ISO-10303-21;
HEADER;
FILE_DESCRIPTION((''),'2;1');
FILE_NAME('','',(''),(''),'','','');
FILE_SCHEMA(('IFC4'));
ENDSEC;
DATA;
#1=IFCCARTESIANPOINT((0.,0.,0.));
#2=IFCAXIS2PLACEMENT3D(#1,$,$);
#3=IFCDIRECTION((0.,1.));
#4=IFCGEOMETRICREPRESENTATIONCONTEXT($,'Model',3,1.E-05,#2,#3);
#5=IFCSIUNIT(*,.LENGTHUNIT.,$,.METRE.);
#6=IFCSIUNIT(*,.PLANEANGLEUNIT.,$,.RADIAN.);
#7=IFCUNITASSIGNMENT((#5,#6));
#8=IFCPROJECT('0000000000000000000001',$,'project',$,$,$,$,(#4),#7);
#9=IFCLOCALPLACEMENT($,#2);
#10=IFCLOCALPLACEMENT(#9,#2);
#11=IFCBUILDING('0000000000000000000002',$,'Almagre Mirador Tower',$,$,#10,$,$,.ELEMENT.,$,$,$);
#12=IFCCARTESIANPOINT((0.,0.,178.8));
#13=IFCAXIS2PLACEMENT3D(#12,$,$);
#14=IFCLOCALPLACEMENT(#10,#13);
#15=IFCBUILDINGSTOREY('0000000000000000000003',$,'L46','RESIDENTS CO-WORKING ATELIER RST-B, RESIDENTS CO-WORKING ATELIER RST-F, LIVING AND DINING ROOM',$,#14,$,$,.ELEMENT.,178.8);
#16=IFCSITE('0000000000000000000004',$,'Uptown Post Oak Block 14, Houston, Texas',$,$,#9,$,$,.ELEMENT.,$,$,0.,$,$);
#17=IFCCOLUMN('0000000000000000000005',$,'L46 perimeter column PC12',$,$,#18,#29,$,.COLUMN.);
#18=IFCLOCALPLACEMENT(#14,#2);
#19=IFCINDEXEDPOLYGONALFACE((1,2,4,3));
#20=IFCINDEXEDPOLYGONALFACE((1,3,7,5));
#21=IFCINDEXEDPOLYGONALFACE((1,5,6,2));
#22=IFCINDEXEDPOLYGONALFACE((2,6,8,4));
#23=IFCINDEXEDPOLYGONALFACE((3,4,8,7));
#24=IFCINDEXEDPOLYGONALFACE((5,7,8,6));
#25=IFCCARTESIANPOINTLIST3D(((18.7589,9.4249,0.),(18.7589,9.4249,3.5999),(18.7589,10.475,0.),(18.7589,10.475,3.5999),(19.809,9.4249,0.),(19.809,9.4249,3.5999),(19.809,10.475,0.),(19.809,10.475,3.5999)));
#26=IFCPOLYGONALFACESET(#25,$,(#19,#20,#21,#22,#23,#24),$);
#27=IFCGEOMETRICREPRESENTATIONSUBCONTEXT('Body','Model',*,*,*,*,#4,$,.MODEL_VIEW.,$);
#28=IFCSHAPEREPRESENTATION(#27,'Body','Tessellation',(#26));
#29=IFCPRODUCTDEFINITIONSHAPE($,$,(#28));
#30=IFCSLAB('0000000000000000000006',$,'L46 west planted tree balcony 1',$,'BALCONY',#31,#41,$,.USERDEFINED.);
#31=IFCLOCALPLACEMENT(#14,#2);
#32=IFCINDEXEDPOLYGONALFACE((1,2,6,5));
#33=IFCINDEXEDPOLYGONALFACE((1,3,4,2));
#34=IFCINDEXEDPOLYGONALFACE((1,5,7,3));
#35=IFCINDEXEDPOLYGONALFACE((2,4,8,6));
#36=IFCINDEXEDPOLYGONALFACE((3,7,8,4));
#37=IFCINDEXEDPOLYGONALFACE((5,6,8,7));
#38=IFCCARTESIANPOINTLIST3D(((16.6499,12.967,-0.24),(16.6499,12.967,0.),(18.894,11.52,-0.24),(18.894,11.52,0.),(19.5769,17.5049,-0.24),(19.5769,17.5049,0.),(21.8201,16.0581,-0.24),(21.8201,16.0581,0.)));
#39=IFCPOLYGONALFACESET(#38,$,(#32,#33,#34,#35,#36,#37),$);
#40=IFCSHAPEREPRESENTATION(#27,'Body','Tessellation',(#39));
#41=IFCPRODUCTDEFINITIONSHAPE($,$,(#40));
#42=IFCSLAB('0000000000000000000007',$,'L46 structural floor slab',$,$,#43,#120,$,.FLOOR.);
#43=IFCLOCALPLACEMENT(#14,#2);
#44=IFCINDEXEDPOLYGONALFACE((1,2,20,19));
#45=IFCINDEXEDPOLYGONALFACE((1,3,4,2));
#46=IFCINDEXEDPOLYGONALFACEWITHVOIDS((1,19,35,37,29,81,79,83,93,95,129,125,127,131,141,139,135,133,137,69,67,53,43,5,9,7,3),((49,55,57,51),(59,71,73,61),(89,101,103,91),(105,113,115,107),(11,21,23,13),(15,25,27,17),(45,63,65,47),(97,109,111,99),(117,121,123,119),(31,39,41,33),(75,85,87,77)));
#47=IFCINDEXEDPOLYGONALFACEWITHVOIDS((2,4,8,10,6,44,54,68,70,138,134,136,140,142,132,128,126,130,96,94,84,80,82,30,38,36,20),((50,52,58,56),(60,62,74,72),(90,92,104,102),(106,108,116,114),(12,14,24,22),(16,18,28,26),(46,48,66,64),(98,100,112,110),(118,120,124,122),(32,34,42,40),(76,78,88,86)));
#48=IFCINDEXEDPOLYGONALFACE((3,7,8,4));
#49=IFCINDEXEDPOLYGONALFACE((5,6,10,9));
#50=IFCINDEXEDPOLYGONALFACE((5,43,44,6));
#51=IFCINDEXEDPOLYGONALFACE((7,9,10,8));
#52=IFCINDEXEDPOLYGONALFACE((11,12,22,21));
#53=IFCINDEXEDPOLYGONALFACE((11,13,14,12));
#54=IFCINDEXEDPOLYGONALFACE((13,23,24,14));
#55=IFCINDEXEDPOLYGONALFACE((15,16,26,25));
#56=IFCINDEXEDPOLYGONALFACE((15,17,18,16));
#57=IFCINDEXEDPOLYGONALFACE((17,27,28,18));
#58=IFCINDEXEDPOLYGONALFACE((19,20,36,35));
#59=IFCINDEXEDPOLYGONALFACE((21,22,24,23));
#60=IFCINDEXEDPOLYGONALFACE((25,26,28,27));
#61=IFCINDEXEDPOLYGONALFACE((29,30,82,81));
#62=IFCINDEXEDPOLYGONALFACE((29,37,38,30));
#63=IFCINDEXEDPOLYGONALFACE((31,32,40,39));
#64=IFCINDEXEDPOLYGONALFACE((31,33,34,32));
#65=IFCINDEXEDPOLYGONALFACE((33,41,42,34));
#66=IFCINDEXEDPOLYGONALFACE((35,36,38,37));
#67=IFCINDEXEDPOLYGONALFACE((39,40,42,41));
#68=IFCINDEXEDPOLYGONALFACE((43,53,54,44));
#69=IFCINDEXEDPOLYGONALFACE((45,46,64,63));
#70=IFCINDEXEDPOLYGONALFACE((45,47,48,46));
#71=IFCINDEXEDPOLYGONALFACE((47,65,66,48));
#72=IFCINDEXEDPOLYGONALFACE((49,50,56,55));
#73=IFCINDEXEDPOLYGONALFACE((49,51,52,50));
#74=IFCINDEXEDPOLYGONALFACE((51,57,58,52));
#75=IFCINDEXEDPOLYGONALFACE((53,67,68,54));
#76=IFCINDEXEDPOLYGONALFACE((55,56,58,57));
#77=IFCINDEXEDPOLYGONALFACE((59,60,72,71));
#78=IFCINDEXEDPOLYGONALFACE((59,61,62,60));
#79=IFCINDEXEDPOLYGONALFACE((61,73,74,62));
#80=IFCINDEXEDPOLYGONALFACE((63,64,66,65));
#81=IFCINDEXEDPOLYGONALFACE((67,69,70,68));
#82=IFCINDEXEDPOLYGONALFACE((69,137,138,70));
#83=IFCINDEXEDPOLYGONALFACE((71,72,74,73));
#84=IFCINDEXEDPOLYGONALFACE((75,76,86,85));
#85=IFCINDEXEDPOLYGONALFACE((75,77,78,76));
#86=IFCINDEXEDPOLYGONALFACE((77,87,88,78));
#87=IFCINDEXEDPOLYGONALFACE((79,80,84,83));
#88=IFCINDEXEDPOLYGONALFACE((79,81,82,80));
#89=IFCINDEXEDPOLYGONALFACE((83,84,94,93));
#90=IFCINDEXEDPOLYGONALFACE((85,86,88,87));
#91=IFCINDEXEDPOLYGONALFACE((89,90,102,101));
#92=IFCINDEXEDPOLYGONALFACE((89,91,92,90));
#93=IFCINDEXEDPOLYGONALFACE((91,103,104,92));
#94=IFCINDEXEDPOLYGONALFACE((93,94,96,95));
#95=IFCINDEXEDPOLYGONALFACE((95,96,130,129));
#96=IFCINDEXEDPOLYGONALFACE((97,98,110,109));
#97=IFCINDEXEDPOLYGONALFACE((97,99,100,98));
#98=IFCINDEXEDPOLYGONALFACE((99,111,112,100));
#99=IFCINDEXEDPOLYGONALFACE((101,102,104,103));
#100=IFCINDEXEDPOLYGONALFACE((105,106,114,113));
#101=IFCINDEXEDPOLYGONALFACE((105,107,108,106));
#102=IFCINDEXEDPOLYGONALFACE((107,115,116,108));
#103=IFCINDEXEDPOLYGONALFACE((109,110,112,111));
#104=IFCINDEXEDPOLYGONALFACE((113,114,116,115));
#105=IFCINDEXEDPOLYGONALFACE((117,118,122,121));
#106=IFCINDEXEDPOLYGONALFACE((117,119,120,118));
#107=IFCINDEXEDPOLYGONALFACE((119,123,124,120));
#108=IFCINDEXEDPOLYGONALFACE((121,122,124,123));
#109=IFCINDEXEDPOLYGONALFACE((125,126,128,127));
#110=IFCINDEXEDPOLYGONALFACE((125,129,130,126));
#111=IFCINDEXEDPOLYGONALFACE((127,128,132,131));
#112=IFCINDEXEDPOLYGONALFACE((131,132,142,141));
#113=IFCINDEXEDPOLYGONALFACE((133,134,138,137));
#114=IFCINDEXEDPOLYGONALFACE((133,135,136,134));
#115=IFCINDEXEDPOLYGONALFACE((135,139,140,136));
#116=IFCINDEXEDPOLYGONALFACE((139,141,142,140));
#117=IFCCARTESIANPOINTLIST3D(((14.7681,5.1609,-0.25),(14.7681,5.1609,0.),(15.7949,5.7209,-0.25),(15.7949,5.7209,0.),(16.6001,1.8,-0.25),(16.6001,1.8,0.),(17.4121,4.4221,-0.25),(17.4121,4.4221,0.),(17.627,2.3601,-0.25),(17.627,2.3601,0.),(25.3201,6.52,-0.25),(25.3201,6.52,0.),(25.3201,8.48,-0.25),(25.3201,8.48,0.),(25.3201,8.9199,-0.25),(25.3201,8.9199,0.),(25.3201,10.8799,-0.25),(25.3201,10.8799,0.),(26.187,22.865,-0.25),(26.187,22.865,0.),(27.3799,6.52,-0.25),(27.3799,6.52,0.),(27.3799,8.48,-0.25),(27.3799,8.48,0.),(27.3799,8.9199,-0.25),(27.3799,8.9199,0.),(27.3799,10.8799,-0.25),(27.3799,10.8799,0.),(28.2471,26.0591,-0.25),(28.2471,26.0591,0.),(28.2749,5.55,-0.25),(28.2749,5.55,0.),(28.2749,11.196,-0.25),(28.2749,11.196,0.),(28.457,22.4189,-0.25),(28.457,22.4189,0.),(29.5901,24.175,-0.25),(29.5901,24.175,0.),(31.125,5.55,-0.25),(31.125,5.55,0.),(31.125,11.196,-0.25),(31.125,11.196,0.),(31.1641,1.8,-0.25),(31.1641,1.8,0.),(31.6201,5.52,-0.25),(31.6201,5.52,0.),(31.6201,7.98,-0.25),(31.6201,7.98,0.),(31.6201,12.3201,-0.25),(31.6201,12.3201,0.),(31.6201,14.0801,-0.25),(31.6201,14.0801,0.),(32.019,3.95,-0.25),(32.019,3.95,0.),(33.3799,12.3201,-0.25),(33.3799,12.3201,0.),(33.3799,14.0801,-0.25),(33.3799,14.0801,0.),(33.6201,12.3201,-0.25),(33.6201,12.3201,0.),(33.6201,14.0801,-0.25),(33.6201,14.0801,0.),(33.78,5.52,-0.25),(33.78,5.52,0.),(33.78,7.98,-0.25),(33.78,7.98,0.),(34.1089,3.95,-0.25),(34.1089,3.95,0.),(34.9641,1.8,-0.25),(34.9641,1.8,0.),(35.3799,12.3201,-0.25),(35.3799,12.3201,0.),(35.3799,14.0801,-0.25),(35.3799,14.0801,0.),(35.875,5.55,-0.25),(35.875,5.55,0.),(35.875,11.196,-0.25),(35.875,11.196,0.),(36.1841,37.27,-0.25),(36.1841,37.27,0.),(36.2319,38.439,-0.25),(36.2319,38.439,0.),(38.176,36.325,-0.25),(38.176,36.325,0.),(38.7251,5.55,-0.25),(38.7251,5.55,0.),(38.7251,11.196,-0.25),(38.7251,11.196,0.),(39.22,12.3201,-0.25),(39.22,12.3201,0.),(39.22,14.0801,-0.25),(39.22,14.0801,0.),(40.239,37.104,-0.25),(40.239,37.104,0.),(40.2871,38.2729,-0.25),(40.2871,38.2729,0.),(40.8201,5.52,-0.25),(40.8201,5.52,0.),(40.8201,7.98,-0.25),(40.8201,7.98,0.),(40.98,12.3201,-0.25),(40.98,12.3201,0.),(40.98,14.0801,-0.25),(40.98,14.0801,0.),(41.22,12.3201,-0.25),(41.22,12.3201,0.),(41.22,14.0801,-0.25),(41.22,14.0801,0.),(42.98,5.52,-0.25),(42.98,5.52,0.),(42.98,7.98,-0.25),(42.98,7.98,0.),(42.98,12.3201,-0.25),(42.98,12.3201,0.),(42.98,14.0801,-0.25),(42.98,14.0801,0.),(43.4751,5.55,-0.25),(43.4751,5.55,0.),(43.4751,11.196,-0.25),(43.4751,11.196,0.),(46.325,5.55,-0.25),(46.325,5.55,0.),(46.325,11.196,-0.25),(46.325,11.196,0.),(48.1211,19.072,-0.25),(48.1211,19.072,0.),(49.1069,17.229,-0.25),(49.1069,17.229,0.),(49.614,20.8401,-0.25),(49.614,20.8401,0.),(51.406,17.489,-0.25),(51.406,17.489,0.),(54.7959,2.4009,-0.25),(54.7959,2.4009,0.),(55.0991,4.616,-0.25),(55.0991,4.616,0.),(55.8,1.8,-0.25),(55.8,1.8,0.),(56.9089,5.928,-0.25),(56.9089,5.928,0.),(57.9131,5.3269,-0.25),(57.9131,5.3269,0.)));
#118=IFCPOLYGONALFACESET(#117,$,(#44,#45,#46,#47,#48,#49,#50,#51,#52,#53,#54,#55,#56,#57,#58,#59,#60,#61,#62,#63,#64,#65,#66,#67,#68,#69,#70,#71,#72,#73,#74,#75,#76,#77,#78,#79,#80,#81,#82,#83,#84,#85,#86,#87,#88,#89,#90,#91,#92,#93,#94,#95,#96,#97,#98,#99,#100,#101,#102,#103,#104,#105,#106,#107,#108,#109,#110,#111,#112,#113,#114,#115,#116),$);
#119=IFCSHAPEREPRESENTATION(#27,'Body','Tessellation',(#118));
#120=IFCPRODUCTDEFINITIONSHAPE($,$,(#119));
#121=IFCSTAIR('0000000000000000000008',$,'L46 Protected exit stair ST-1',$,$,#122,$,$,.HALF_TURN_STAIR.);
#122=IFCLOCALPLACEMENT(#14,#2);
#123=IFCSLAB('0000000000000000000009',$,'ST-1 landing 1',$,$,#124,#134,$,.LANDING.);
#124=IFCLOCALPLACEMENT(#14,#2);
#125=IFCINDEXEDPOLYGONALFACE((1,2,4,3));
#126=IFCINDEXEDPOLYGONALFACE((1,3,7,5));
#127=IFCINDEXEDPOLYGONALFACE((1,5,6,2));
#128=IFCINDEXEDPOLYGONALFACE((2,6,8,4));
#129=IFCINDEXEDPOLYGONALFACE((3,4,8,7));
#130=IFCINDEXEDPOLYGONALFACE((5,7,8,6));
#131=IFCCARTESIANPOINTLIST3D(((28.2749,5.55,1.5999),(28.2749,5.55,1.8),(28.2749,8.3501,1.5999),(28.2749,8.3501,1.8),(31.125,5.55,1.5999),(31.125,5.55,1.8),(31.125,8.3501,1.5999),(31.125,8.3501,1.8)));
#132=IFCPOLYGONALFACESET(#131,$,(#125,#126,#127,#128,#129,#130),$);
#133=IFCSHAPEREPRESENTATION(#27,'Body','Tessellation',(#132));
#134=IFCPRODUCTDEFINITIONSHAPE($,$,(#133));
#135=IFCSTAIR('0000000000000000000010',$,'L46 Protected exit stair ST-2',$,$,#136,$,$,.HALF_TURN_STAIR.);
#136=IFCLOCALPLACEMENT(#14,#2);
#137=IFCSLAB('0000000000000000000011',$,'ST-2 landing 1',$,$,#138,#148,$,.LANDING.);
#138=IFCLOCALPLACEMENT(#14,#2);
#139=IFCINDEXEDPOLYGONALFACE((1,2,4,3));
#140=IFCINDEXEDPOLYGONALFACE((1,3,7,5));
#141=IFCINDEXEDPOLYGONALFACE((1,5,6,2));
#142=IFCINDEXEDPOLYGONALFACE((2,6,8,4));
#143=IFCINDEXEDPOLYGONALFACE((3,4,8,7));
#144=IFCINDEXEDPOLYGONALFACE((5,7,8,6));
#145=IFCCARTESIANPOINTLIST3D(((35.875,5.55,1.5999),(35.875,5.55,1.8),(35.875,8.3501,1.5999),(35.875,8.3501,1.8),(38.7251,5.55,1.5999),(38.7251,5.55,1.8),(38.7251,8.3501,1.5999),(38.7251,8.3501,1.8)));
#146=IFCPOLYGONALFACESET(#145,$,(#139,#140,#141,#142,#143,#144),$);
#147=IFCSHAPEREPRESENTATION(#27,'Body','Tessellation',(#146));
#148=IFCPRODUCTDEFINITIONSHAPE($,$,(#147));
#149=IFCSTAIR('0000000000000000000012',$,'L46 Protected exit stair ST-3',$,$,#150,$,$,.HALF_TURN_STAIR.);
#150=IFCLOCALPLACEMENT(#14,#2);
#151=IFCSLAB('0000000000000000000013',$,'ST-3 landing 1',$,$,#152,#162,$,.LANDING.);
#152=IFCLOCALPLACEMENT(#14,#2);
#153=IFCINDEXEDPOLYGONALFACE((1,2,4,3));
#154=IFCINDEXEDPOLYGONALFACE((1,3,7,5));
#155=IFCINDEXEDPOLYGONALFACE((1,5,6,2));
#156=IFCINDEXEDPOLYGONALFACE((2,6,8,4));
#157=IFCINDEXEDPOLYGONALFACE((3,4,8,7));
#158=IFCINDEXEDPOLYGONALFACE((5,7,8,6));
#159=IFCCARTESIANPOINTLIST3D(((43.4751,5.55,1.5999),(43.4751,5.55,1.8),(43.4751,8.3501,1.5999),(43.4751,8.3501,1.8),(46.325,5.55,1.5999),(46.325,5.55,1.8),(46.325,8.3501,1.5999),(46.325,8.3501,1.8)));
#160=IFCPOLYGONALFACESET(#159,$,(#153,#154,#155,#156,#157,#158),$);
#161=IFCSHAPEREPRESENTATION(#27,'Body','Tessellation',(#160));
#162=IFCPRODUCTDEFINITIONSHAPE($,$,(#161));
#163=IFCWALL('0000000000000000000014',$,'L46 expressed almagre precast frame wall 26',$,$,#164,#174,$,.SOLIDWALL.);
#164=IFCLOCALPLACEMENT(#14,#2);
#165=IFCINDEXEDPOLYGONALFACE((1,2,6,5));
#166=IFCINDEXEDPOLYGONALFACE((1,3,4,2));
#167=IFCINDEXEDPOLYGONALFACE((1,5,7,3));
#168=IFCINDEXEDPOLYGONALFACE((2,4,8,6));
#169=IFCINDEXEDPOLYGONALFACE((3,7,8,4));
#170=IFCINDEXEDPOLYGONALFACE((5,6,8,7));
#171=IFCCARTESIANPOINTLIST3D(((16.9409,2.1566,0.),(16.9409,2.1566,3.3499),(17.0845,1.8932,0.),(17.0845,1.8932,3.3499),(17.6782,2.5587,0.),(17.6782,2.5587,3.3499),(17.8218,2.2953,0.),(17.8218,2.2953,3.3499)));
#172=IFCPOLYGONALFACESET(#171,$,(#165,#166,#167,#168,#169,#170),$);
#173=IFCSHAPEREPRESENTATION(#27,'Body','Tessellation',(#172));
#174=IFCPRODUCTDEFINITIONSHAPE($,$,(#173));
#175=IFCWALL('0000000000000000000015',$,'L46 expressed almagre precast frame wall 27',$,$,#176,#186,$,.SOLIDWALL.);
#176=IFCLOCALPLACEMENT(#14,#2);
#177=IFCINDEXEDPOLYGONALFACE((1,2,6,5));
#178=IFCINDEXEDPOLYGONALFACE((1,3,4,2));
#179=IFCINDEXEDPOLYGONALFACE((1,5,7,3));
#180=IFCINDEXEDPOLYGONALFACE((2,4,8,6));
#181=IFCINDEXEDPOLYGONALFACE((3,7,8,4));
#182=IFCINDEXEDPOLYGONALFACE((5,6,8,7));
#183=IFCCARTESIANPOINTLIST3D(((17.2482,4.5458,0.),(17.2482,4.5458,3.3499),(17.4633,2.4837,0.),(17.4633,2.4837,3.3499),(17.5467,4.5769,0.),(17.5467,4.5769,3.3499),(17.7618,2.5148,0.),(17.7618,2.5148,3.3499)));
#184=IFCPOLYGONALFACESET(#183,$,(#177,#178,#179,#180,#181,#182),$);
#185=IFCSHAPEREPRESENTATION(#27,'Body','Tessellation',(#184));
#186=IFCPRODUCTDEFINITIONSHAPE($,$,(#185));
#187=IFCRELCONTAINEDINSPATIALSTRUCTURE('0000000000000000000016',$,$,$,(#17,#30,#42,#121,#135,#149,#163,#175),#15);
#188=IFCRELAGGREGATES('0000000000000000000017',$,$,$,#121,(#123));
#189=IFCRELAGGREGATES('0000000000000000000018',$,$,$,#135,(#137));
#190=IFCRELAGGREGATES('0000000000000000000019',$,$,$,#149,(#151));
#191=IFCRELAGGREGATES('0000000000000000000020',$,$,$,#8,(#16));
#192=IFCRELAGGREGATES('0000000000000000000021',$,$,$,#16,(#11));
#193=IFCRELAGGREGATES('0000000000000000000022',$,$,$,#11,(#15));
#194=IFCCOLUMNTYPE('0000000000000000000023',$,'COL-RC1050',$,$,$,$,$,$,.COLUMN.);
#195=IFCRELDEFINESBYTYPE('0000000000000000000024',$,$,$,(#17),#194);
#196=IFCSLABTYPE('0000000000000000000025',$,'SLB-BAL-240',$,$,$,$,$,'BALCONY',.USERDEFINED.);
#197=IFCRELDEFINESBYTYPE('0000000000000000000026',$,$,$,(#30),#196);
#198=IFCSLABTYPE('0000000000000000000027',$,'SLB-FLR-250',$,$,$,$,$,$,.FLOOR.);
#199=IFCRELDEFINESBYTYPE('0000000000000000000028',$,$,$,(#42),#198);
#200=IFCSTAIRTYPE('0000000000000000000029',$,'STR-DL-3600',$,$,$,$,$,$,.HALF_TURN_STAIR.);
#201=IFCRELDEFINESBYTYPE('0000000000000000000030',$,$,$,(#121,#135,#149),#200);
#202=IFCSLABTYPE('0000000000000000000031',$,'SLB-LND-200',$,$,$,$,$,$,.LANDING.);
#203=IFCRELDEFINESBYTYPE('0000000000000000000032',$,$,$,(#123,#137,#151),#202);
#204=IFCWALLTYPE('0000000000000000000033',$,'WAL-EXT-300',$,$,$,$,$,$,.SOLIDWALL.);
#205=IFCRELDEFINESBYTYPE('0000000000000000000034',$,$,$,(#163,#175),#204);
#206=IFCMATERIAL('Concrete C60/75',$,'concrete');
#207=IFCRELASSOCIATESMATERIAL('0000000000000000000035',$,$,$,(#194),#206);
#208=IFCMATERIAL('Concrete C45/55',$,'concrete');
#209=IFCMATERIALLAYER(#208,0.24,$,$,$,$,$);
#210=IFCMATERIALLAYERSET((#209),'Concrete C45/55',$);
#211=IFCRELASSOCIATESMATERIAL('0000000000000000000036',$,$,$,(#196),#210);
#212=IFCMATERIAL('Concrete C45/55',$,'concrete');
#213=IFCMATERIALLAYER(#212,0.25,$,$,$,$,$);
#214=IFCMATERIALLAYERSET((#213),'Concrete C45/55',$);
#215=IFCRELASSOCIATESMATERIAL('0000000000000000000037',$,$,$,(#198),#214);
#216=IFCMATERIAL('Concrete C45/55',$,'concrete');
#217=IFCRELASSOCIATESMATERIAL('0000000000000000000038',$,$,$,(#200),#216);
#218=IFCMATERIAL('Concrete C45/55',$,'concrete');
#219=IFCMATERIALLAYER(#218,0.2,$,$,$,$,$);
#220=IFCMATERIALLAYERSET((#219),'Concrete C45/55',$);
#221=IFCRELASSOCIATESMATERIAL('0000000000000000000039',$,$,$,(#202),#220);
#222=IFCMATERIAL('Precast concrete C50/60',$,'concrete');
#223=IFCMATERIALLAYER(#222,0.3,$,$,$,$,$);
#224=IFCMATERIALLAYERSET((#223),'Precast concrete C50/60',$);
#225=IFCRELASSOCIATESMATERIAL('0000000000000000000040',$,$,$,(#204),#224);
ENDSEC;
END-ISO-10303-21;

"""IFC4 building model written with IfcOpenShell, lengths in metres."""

from ifc_helpers import new_model, si_unit, direction, frame, frame_2d, origin, origin_2d, place, context, subcontext, project, spatial, polyline, rectangle, outline, extrude, material, layer, layer_set, material_profile, profile_set, type_object, element, aggregate, save


model = new_model("IFC4")

# Units and contexts
model_context = context("Model", 3, precision=1e-05, world=origin(), true_north=direction((0.0, 1.0)))
body_context = subcontext(model_context, "Body", "Model", "MODEL_VIEW")
ifc_project = project(units=[si_unit("LENGTHUNIT", "METRE"), si_unit("PLANEANGLEUNIT", "RADIAN")], contexts=[model_context])

# Site, building, storey
site_placement = place(None, origin())
site = spatial("IfcSite", under=ifc_project, at=site_placement, Name="Uptown Post Oak Block 14, Houston, Texas", CompositionType="ELEMENT", RefElevation=0.0)
building_placement = place(site_placement, origin())
building = spatial("IfcBuilding", under=site, at=building_placement, Name="Almagre Mirador Tower", CompositionType="ELEMENT")
storey_placement = place(building_placement, frame((0.0, 0.0, 178.8)))
storey = spatial("IfcBuildingStorey", under=building, at=storey_placement, Name="L46", Description="RESIDENTS CO-WORKING ATELIER RST-B, RESIDENTS CO-WORKING ATELIER RST-F, LIVING AND DINING ROOM", CompositionType="ELEMENT", Elevation=178.8)

# Column
ifc_material_1 = material(Name="Concrete C60/75", Category="concrete")
ifc_material_profile = material_profile(ifc_material_1, rectangle(XDim=1.05, YDim=1.05, at=origin_2d()), Name="RC1050X1050")
ifc_profile_set = profile_set([ifc_material_profile], Name="Concrete C60/75")
column_type = type_object("IfcColumnType", Name="COL-RC1050", PredefinedType="COLUMN", material=ifc_profile_set)
column_placement = place(storey_placement, frame((19.2839, 9.95, 0.0), z_axis=(0.0, 0.0, 1.0), x_axis=(1.0, 0.0, 0.0)))
element("IfcColumn", 1, at=column_placement, inside=storey, type_object=column_type, Name="L46 perimeter column PC12", PredefinedType="COLUMN", context=body_context, shape_type="SweptSolid", body=[
    extrude(rectangle(XDim=1.05, YDim=1.05, at=origin_2d()), origin(), (0.0, 0.0, 1.0), 3.5999),
])

# Slabs
ifc_material_2 = material(Name="Concrete C45/55", Category="concrete")
ifc_layer_1 = layer(ifc_material_2, 0.24)
ifc_layer_set_1 = layer_set([ifc_layer_1], Name="Concrete C45/55")
slab_type_1 = type_object("IfcSlabType", Name="SLB-BAL-240", ElementType="BALCONY", PredefinedType="USERDEFINED", material=ifc_layer_set_1)
slab_1_placement = place(storey_placement, frame((0.0, 0.0, -0.24)))
element("IfcSlab", 2, at=slab_1_placement, inside=storey, type_object=slab_type_1, Name="L46 west planted tree balcony 1", ObjectType="BALCONY", PredefinedType="USERDEFINED", context=body_context, shape_type="SweptSolid", body=[
    extrude(outline(polyline([(21.8201, 16.0581), (18.894, 11.52), (16.6499, 12.967), (19.5769, 17.5049), (21.8201, 16.0581)])), origin(), (0.0, 0.0, 1.0), 0.24),
])
ifc_material_3 = material(Name="Concrete C45/55", Category="concrete")
ifc_layer_2 = layer(ifc_material_3, 0.25)
ifc_layer_set_2 = layer_set([ifc_layer_2], Name="Concrete C45/55")
slab_type_2 = type_object("IfcSlabType", Name="SLB-FLR-250", PredefinedType="FLOOR", material=ifc_layer_set_2)
slab_2_placement = place(storey_placement, frame((0.0, 0.0, -0.25)))
element("IfcSlab", 3, at=slab_2_placement, inside=storey, type_object=slab_type_2, Name="L46 structural floor slab", PredefinedType="FLOOR", context=body_context, shape_type="SweptSolid", body=[
    extrude(outline(polyline([(14.7681, 5.1609), (15.7949, 5.7209), (17.4121, 4.4221), (17.627, 2.3601), (16.6001, 1.8), (31.1641, 1.8), (32.019, 3.95), (34.1089, 3.95), (34.9641, 1.8), (55.8, 1.8), (54.7959, 2.4009), (55.0991, 4.616), (56.9089, 5.928), (57.9131, 5.3269), (51.406, 17.489), (49.1069, 17.229), (48.1211, 19.072), (49.614, 20.8401), (40.2871, 38.2729), (40.239, 37.104), (38.176, 36.325), (36.1841, 37.27), (36.2319, 38.439), (28.2471, 26.0591), (29.5901, 24.175), (28.457, 22.4189), (26.187, 22.865), (14.7681, 5.1609)]), holes=[polyline([(43.4751, 5.55), (43.4751, 11.196), (46.325, 11.196), (46.325, 5.55), (43.4751, 5.55)]), polyline([(40.8201, 5.52), (40.8201, 7.98), (42.98, 7.98), (42.98, 5.52), (40.8201, 5.52)]), polyline([(41.22, 12.3201), (41.22, 14.0801), (42.98, 14.0801), (42.98, 12.3201), (41.22, 12.3201)]), polyline([(39.22, 12.3201), (39.22, 14.0801), (40.98, 14.0801), (40.98, 12.3201), (39.22, 12.3201)]), polyline([(35.875, 11.196), (38.7251, 11.196), (38.7251, 5.55), (35.875, 5.55), (35.875, 11.196)]), polyline([(35.3799, 12.3201), (33.6201, 12.3201), (33.6201, 14.0801), (35.3799, 14.0801), (35.3799, 12.3201)]), polyline([(33.78, 5.52), (31.6201, 5.52), (31.6201, 7.98), (33.78, 7.98), (33.78, 5.52)]), polyline([(31.6201, 12.3201), (31.6201, 14.0801), (33.3799, 14.0801), (33.3799, 12.3201), (31.6201, 12.3201)]), polyline([(28.2749, 5.55), (28.2749, 11.196), (31.125, 11.196), (31.125, 5.55), (28.2749, 5.55)]), polyline([(25.3201, 8.9199), (25.3201, 10.8799), (27.3799, 10.8799), (27.3799, 8.9199), (25.3201, 8.9199)]), polyline([(27.3799, 6.52), (25.3201, 6.52), (25.3201, 8.48), (27.3799, 8.48), (27.3799, 6.52)])]), origin(), (0.0, 0.0, 1.0), 0.25),
])

# Stairs, slabs
ifc_material_4 = material(Name="Concrete C45/55", Category="concrete")
stair_type = type_object("IfcStairType", Name="STR-DL-3600", PredefinedType="HALF_TURN_STAIR", material=ifc_material_4)
stair_1_placement = place(storey_placement, origin())
stair_1 = element("IfcStair", 4, at=stair_1_placement, inside=storey, type_object=stair_type, Name="L46 Protected exit stair ST-1", PredefinedType="HALF_TURN_STAIR")
ifc_material_5 = material(Name="Concrete C45/55", Category="concrete")
ifc_layer_3 = layer(ifc_material_5, 0.2)
ifc_layer_set_3 = layer_set([ifc_layer_3], Name="Concrete C45/55")
slab_type_3 = type_object("IfcSlabType", Name="SLB-LND-200", PredefinedType="LANDING", material=ifc_layer_set_3)
slab_3_placement = place(storey_placement, frame((0.0, 0.0, 1.5999)))
slab_3 = element("IfcSlab", 5, at=slab_3_placement, type_object=slab_type_3, Name="ST-1 landing 1", PredefinedType="LANDING", context=body_context, shape_type="SweptSolid", body=[
    extrude(outline(polyline([(28.2749, 8.3501), (28.2749, 5.55), (31.125, 5.55), (31.125, 8.3501), (28.2749, 8.3501)])), origin(), (0.0, 0.0, 1.0), 0.2002),
])
aggregate(stair_1, [slab_3])
stair_2_placement = place(storey_placement, origin())
stair_2 = element("IfcStair", 6, at=stair_2_placement, inside=storey, type_object=stair_type, Name="L46 Protected exit stair ST-2", PredefinedType="HALF_TURN_STAIR")
slab_4_placement = place(storey_placement, frame((0.0, 0.0, 1.5999)))
slab_4 = element("IfcSlab", 7, at=slab_4_placement, type_object=slab_type_3, Name="ST-2 landing 1", PredefinedType="LANDING", context=body_context, shape_type="SweptSolid", body=[
    extrude(outline(polyline([(35.875, 8.3501), (35.875, 5.55), (38.7251, 5.55), (38.7251, 8.3501), (35.875, 8.3501)])), origin(), (0.0, 0.0, 1.0), 0.2002),
])
aggregate(stair_2, [slab_4])
stair_3_placement = place(storey_placement, origin())
stair_3 = element("IfcStair", 8, at=stair_3_placement, inside=storey, type_object=stair_type, Name="L46 Protected exit stair ST-3", PredefinedType="HALF_TURN_STAIR")
slab_5_placement = place(storey_placement, frame((0.0, 0.0, 1.5999)))
slab_5 = element("IfcSlab", 9, at=slab_5_placement, type_object=slab_type_3, Name="ST-3 landing 1", PredefinedType="LANDING", context=body_context, shape_type="SweptSolid", body=[
    extrude(outline(polyline([(43.4751, 8.3501), (43.4751, 5.55), (46.325, 5.55), (46.325, 8.3501), (43.4751, 8.3501)])), origin(), (0.0, 0.0, 1.0), 0.2002),
])
aggregate(stair_3, [slab_5])

# Walls
ifc_material_6 = material(Name="Precast concrete C50/60", Category="concrete")
ifc_layer_4 = layer(ifc_material_6, 0.3)
ifc_layer_set_4 = layer_set([ifc_layer_4], Name="Precast concrete C50/60")
wall_type_1 = type_object("IfcWallType", Name="WAL-EXT-300", PredefinedType="SOLIDWALL", material=ifc_layer_set_4)
wall_1_placement = place(storey_placement, frame((17.0127, 2.0249, 0.0), z_axis=(0.0, 0.0, 1.0), x_axis=(0.877929, 0.478791, 0.0)))
element("IfcWall", 10, at=wall_1_placement, inside=storey, type_object=wall_type_1, Name="L46 expressed almagre precast frame wall 26", PredefinedType="SOLIDWALL", context=body_context, shape_type="SweptSolid", body=[
    extrude(rectangle(XDim=0.8398, YDim=0.3, at=frame_2d((0.4199, 0.0))), origin(), (0.0, 0.0, 1.0), 3.3499),
])
wall_2_placement = place(storey_placement, frame((17.6125, 2.4993, 0.0), z_axis=(0.0, 0.0, 1.0), x_axis=(-0.103747, 0.994604, 0.0)))
element("IfcWall", 11, at=wall_2_placement, inside=storey, type_object=wall_type_1, Name="L46 expressed almagre precast frame wall 27", PredefinedType="SOLIDWALL", context=body_context, shape_type="SweptSolid", body=[
    extrude(rectangle(XDim=2.0732, YDim=0.3, at=frame_2d((1.0366, 0.0))), origin(), (0.0, 0.0, 1.0), 3.3499),
])

save(model, "model.ifc")
